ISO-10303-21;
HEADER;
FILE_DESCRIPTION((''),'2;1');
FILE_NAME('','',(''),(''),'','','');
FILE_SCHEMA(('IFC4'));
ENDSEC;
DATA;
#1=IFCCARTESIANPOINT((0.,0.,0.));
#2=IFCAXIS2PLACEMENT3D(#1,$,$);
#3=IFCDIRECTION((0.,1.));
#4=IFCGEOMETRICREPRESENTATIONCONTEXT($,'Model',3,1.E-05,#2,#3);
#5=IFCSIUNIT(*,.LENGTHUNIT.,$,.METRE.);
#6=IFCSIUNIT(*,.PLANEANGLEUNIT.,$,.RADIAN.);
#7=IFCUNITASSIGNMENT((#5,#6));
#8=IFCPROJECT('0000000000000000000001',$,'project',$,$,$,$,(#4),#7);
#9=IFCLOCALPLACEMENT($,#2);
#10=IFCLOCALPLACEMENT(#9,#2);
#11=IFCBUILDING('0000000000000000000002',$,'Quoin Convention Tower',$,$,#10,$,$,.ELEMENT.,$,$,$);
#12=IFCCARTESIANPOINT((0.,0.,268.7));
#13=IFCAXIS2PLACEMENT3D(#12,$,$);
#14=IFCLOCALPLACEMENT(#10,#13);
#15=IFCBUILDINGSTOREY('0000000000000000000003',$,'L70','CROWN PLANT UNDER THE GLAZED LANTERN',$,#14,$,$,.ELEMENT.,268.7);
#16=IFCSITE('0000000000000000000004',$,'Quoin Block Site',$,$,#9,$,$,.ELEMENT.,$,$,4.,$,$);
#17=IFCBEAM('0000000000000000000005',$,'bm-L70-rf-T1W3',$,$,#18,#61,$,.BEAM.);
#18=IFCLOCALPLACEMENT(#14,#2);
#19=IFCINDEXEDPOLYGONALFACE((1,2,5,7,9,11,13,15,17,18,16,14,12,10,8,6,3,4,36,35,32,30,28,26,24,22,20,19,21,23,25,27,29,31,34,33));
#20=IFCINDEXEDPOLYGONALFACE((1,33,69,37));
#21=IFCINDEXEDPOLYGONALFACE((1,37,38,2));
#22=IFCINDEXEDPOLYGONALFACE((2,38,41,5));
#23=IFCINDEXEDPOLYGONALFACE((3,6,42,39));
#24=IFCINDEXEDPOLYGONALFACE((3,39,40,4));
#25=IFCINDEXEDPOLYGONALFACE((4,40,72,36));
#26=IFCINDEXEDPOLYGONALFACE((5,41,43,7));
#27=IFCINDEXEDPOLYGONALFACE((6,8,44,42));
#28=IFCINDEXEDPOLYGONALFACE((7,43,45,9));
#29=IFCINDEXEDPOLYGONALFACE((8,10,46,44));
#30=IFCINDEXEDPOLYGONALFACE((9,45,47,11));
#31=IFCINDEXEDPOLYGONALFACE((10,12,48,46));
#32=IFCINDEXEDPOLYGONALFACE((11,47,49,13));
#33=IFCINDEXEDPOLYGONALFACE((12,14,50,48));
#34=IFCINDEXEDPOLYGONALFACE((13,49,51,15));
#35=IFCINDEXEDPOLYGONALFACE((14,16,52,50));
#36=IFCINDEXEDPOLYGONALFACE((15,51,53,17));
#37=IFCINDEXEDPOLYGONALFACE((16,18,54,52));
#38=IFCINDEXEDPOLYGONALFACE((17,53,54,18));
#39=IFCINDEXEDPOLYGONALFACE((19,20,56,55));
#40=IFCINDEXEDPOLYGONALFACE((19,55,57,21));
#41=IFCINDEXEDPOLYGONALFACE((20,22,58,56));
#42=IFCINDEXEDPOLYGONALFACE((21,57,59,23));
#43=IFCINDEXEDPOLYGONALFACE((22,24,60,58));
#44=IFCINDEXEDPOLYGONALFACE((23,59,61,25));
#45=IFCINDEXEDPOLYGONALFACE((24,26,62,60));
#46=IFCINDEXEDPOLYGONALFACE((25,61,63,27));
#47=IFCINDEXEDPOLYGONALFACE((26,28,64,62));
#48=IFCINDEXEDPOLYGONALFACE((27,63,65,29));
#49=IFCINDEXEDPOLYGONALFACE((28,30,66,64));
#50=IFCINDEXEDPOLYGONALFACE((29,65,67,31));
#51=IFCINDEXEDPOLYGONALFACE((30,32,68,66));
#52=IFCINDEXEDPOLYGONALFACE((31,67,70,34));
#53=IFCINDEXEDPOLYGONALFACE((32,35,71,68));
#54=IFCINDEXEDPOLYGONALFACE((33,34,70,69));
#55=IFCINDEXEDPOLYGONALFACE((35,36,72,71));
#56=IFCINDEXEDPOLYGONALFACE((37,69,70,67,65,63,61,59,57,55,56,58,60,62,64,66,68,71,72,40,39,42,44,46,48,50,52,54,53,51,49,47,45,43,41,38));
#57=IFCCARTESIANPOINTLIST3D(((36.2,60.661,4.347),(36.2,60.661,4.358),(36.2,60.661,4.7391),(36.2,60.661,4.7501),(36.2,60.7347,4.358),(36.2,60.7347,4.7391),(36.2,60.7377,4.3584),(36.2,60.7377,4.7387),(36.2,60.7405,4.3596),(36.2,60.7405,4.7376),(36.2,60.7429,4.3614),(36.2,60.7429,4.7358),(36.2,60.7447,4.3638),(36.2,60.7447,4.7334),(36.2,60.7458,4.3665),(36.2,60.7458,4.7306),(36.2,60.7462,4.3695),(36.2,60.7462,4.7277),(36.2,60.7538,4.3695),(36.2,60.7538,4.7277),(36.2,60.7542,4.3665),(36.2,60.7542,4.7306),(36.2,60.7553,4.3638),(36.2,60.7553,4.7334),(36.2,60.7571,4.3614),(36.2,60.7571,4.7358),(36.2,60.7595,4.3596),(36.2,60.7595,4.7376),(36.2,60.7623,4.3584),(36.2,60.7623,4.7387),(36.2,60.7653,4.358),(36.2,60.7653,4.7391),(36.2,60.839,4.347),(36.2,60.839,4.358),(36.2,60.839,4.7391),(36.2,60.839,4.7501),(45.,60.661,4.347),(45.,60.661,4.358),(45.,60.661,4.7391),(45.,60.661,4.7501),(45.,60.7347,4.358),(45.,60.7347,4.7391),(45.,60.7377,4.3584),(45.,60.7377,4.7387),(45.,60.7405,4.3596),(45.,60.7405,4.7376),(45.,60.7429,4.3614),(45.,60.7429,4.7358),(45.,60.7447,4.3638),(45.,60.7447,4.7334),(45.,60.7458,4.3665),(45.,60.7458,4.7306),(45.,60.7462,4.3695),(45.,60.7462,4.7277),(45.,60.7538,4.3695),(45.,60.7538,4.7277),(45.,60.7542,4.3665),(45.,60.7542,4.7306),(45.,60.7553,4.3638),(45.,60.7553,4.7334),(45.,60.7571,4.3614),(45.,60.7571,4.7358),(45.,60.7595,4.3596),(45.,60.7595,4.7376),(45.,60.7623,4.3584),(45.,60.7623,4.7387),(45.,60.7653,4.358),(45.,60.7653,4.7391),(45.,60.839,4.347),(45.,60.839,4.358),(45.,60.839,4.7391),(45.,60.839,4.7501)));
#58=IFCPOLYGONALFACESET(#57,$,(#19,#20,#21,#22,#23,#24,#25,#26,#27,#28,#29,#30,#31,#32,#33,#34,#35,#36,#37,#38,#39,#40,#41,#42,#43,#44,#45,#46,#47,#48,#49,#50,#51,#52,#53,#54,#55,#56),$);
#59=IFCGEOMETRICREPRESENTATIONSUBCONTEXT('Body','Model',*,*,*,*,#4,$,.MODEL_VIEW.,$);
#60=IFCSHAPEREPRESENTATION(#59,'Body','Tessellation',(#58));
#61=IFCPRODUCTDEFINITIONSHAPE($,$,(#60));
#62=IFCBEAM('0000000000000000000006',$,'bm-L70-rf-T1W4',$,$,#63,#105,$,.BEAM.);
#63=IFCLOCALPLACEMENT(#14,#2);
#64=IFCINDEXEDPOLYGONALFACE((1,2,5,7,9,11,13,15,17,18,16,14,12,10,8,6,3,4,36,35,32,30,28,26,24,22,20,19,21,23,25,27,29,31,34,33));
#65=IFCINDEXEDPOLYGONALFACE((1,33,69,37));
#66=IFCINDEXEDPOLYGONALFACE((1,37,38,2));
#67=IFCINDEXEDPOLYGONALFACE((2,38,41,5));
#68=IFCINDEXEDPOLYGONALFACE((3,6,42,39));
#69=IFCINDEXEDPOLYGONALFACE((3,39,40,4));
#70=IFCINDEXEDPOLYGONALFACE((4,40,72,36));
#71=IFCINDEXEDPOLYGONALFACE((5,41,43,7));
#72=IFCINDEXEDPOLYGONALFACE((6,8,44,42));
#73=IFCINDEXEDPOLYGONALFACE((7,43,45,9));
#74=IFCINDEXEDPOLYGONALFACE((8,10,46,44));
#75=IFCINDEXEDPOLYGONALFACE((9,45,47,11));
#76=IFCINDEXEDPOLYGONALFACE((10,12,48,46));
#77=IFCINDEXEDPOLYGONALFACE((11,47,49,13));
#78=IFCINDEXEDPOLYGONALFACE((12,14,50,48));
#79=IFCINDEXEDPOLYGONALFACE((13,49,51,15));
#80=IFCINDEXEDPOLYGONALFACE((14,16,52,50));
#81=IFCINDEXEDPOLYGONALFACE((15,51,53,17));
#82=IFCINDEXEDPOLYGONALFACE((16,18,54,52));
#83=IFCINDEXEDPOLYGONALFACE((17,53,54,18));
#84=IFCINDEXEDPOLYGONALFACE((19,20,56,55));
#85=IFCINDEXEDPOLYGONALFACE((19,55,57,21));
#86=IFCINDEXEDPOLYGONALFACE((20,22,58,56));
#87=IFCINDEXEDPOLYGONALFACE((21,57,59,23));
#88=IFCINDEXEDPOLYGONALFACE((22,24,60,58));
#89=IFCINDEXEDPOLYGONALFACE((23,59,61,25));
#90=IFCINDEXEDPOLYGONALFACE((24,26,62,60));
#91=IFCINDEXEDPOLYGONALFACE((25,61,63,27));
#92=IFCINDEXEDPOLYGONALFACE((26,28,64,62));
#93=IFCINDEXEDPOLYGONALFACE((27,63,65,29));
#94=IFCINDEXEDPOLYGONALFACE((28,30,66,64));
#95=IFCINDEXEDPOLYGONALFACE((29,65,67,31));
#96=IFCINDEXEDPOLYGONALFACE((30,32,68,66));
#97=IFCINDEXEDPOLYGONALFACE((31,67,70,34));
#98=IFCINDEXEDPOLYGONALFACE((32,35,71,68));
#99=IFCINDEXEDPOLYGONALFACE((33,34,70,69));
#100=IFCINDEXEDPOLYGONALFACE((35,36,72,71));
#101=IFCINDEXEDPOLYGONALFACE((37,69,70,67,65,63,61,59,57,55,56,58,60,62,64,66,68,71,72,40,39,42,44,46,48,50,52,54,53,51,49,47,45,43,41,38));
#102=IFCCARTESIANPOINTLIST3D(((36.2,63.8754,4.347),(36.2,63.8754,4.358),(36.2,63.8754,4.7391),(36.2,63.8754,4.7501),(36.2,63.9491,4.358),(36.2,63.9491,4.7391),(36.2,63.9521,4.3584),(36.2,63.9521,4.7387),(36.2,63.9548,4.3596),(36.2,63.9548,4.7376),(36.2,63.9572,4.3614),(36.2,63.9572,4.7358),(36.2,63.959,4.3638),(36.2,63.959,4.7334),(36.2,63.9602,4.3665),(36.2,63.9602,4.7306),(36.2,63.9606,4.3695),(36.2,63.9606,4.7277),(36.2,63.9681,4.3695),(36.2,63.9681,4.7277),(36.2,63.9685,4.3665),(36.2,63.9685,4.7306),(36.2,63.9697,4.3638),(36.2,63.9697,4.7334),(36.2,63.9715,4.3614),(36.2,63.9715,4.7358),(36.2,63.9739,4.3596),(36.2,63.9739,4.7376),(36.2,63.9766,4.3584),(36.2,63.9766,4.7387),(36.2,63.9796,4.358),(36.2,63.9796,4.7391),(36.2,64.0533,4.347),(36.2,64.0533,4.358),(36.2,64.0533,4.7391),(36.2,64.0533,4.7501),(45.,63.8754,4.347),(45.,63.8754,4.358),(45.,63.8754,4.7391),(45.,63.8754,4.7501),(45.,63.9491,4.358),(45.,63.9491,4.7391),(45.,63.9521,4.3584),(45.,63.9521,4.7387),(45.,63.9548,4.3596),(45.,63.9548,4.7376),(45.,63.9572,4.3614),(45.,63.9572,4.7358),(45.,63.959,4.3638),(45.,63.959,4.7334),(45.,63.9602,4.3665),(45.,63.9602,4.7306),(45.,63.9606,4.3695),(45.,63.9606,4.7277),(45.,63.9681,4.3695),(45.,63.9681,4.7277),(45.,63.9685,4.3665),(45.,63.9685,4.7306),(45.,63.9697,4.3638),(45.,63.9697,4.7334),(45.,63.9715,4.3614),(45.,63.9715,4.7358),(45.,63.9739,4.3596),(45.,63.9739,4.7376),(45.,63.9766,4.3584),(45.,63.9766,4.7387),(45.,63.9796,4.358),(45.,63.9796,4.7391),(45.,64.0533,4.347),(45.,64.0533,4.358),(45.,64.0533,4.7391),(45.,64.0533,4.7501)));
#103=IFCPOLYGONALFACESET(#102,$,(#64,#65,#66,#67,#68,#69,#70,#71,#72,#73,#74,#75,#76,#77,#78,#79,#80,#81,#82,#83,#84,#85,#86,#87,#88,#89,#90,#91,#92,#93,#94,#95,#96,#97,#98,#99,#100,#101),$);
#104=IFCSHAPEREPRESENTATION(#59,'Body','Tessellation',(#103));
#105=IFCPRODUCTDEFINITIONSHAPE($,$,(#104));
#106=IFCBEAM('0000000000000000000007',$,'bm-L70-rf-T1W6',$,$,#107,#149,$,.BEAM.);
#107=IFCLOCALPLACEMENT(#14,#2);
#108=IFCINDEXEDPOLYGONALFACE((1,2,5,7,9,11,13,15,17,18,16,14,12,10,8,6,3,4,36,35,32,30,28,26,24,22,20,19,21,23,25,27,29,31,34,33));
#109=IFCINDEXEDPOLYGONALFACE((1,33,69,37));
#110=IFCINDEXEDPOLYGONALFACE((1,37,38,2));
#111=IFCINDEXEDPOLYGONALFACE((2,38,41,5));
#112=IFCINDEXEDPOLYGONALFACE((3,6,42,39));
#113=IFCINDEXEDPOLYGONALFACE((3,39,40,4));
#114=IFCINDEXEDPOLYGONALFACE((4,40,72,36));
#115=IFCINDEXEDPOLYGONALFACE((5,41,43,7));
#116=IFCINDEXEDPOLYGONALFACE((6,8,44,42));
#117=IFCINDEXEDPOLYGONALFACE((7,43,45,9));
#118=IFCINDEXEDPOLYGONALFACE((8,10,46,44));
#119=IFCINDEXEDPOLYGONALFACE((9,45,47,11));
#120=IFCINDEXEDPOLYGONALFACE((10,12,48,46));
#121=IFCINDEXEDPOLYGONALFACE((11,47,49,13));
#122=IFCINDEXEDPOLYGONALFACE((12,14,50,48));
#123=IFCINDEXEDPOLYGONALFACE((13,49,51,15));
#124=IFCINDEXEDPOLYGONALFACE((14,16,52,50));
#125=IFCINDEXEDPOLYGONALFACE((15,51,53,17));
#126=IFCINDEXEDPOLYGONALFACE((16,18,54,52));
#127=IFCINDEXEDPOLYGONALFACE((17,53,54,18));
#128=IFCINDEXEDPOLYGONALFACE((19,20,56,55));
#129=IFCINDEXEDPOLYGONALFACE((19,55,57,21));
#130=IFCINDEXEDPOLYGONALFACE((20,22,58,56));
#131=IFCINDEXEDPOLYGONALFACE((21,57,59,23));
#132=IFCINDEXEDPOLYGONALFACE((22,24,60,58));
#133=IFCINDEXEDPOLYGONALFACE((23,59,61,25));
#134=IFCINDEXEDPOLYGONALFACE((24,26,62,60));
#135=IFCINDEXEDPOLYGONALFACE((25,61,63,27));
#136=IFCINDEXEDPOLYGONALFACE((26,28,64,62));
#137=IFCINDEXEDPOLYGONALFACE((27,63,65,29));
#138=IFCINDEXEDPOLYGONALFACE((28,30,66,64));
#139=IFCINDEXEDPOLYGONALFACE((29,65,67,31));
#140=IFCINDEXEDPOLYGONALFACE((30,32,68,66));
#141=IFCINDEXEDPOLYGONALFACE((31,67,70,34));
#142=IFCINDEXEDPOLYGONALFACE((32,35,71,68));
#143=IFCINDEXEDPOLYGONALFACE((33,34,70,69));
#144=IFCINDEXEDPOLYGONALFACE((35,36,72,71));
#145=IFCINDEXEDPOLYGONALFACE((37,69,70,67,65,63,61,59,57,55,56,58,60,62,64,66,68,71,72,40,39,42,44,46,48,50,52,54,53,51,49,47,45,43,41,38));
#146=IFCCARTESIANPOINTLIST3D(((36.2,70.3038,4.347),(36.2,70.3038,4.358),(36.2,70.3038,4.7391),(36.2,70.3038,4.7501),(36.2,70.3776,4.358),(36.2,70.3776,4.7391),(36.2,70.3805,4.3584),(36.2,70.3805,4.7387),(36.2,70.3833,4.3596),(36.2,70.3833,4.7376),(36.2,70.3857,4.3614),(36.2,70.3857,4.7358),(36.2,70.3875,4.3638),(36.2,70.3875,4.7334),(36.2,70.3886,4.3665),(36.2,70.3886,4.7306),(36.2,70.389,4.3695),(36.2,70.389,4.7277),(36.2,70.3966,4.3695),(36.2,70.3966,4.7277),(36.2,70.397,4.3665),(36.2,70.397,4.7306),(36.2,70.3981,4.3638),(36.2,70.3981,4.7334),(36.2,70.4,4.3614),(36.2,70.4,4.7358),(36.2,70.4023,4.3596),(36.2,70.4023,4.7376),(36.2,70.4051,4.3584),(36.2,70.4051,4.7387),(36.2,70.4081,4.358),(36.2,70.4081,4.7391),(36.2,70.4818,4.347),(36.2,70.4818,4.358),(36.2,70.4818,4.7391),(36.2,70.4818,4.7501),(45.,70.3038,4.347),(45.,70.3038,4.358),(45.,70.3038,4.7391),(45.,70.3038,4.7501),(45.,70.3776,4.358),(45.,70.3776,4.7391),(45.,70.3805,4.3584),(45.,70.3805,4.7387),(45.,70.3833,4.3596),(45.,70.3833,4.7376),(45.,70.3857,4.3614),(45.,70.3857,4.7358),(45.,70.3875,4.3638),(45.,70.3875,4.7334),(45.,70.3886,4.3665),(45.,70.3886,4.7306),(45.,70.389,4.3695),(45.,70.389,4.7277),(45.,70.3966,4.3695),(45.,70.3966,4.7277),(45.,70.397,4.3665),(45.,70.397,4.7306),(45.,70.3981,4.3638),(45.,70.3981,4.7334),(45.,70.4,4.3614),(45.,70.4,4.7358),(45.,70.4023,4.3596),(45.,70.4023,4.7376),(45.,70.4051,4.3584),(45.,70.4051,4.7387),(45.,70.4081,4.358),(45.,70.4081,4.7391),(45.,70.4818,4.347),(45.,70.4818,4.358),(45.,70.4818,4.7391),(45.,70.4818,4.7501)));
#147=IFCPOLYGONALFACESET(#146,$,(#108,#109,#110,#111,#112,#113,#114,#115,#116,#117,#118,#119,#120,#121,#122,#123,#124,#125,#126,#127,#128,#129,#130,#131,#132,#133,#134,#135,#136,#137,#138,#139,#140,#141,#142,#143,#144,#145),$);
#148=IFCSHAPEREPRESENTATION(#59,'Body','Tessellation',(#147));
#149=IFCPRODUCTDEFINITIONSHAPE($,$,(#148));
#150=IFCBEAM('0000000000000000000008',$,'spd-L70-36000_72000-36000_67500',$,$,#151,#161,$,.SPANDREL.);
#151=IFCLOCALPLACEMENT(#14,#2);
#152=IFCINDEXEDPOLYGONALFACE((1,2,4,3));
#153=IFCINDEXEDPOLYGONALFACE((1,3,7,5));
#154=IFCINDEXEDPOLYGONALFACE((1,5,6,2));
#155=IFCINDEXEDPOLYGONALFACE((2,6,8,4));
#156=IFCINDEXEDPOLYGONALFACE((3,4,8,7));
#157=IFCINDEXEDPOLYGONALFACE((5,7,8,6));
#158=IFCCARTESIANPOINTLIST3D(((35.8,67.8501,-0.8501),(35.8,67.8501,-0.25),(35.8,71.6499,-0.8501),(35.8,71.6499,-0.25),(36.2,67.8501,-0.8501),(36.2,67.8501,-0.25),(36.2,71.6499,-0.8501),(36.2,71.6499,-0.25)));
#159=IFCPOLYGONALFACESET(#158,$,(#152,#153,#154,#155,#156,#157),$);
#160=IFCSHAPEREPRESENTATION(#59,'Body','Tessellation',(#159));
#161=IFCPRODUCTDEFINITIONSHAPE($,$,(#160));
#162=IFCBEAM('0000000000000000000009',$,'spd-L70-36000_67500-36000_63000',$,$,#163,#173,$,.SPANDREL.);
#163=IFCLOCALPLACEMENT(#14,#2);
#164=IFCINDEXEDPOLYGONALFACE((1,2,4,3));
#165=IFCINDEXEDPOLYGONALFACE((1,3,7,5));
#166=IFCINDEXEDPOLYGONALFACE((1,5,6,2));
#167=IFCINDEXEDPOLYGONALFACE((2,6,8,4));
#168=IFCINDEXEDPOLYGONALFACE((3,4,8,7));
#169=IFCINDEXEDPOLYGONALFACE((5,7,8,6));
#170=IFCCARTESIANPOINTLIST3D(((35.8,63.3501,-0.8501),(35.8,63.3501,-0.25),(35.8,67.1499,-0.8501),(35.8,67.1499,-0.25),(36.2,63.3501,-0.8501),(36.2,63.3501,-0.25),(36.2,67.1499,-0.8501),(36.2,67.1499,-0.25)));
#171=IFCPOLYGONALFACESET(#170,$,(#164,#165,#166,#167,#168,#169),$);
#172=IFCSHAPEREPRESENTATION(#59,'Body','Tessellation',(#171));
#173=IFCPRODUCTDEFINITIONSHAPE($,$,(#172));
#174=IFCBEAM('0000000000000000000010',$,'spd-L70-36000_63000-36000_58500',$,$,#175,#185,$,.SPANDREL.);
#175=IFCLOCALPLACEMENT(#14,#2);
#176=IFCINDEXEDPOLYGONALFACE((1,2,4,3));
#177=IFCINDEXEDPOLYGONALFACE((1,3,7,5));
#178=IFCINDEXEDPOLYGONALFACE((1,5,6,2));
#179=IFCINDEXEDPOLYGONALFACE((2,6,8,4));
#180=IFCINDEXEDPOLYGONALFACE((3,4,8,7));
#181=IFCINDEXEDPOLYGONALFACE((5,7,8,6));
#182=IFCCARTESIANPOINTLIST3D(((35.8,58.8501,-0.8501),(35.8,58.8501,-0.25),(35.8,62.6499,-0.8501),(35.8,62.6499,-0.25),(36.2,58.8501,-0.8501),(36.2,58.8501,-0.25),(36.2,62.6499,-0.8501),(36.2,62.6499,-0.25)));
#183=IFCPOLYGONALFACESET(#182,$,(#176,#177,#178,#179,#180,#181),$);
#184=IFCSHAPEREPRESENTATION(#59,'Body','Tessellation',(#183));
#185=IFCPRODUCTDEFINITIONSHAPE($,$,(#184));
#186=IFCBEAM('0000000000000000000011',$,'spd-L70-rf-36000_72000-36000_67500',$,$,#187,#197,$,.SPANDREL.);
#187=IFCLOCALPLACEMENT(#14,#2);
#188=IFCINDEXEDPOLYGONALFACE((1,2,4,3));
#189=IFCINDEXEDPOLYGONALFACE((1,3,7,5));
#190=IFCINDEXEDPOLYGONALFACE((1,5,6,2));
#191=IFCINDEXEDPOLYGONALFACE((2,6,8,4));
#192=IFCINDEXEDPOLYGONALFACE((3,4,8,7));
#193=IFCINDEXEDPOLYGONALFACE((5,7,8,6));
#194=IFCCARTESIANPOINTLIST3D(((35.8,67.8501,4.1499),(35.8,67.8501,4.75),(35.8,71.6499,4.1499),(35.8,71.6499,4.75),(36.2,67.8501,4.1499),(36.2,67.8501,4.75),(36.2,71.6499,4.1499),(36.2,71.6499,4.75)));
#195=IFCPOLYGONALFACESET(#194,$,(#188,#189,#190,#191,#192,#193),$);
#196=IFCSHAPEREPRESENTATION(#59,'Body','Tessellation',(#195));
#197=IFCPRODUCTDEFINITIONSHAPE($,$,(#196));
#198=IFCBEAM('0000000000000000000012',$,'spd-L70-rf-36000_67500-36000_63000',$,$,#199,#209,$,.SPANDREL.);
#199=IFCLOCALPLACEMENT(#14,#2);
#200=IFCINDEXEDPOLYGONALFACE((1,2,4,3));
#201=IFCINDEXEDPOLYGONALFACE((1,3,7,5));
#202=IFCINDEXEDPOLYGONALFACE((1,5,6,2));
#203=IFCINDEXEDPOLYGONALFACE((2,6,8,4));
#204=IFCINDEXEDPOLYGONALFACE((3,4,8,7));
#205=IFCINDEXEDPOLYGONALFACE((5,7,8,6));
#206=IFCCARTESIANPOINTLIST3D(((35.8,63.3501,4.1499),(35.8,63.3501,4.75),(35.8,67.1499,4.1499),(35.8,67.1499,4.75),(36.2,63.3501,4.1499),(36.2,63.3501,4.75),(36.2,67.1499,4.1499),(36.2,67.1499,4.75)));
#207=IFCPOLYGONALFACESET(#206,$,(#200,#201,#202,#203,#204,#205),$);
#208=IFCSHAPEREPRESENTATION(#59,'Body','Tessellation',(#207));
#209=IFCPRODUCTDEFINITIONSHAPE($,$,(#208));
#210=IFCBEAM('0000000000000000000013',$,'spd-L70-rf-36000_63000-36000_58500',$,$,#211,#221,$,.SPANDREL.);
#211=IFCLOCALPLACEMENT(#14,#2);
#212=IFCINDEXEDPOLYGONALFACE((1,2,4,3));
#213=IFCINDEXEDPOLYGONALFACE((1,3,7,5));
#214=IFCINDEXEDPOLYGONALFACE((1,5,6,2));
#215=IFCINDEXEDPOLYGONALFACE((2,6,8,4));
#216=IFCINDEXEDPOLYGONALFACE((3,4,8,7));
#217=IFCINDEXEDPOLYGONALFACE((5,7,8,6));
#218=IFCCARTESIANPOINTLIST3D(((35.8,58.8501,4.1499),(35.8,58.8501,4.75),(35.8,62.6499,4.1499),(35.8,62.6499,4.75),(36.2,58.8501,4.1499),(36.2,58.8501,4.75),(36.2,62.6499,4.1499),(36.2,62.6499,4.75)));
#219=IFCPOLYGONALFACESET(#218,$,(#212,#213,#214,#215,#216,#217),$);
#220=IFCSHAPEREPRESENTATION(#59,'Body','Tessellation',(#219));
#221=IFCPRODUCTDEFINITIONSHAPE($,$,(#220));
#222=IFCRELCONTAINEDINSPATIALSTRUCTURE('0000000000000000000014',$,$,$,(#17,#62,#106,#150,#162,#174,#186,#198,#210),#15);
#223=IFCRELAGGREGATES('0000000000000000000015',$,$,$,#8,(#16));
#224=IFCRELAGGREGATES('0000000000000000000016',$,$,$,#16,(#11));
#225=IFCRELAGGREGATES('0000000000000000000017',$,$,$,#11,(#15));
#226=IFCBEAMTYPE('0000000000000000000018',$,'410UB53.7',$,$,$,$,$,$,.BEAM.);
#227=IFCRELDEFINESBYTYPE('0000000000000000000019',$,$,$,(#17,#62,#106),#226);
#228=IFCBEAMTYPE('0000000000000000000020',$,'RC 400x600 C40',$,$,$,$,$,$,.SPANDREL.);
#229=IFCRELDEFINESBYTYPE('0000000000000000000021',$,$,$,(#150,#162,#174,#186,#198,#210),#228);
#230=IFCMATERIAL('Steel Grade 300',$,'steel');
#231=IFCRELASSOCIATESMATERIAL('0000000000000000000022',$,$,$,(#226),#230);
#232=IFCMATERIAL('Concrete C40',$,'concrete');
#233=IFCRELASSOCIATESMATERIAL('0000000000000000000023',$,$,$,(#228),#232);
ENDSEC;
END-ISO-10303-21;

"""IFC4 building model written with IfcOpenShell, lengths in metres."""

from ifc_helpers import new_model, si_unit, direction, frame, origin, origin_2d, place, context, subcontext, project, spatial, rectangle, i_section, extrude, material, material_profile, profile_set, type_object, element, save


model = new_model("IFC4")

# Units and contexts
model_context = context("Model", 3, precision=1e-05, world=origin(), true_north=direction((0.0, 1.0)))
body_context = subcontext(model_context, "Body", "Model", "MODEL_VIEW")
ifc_project = project(units=[si_unit("LENGTHUNIT", "METRE"), si_unit("PLANEANGLEUNIT", "RADIAN")], contexts=[model_context])

# Site, building, storey
site_placement = place(None, origin())
site = spatial("IfcSite", under=ifc_project, at=site_placement, Name="Quoin Block Site", CompositionType="ELEMENT", RefElevation=4.0)
building_placement = place(site_placement, origin())
building = spatial("IfcBuilding", under=site, at=building_placement, Name="Quoin Convention Tower", CompositionType="ELEMENT")
storey_placement = place(building_placement, frame((0.0, 0.0, 268.7)))
storey = spatial("IfcBuildingStorey", under=building, at=storey_placement, Name="L70", Description="CROWN PLANT UNDER THE GLAZED LANTERN", CompositionType="ELEMENT", Elevation=268.7)

# Shared definitions
ifc_material_1 = material(Name="Concrete C40", Category="concrete")

# Beams
ifc_material_2 = material(Name="Steel Grade 300", Category="steel")
ifc_material_profile_1 = material_profile(ifc_material_2, i_section(OverallWidth=0.178, OverallDepth=0.4031, WebThickness=0.0076, FlangeThickness=0.011, FilletRadius=0.0115, at=origin_2d()), Name="410UB53.7")
ifc_profile_set_1 = profile_set([ifc_material_profile_1], Name="Steel Grade 300")
beam_type_1 = type_object("IfcBeamType", Name="410UB53.7", PredefinedType="BEAM", material=ifc_profile_set_1)
for number, where, z_axis, x_axis, name in (
    (1, (36.2, 60.75, 4.5486), (1.0, 0.0, 0.0), (0.0, 1.0, 0.0), "bm-L70-rf-T1W3"),
    (2, (36.2, 63.9644, 4.5486), (1.0, 0.0, 0.0), (0.0, 1.0, 0.0), "bm-L70-rf-T1W4"),
    (3, (36.2, 70.3928, 4.5486), (1.0, 0.0, 0.0), (0.0, 1.0, 0.0), "bm-L70-rf-T1W6"),
):
    element("IfcBeam", number, at=place(storey_placement, frame(where, z_axis=z_axis, x_axis=x_axis)), inside=storey, type_object=beam_type_1, Name=name, PredefinedType="BEAM", context=body_context, shape_type="SweptSolid", body=[
        extrude(i_section(OverallWidth=0.178, OverallDepth=0.4031, WebThickness=0.0076, FlangeThickness=0.011, FilletRadius=0.0115, at=origin_2d()), origin(), (0.0, 0.0, 1.0), 8.8),
    ])
ifc_material_profile_2 = material_profile(ifc_material_1, rectangle(XDim=0.3999, YDim=0.6001, at=origin_2d()), Name="RC 400x600")
ifc_profile_set_2 = profile_set([ifc_material_profile_2], Name="Concrete C40")
beam_type_2 = type_object("IfcBeamType", Name="RC 400x600 C40", PredefinedType="SPANDREL", material=ifc_profile_set_2)
for number, where, z_axis, x_axis, name in (
    (4, (36.0, 71.6499, -0.55), (0.0, -1.0, 0.0), (1.0, 0.0, 0.0), "spd-L70-36000_72000-36000_67500"),
    (5, (36.0, 67.1499, -0.55), (0.0, -1.0, 0.0), (1.0, 0.0, 0.0), "spd-L70-36000_67500-36000_63000"),
    (6, (36.0, 62.6499, -0.55), (0.0, -1.0, 0.0), (1.0, 0.0, 0.0), "spd-L70-36000_63000-36000_58500"),
    (7, (36.0, 71.6499, 4.45), (0.0, -1.0, 0.0), (1.0, 0.0, 0.0), "spd-L70-rf-36000_72000-36000_67500"),
    (8, (36.0, 67.1499, 4.45), (0.0, -1.0, 0.0), (1.0, 0.0, 0.0), "spd-L70-rf-36000_67500-36000_63000"),
    (9, (36.0, 62.6499, 4.45), (0.0, -1.0, 0.0), (1.0, 0.0, 0.0), "spd-L70-rf-36000_63000-36000_58500"),
):
    element("IfcBeam", number, at=place(storey_placement, frame(where, z_axis=z_axis, x_axis=x_axis)), inside=storey, type_object=beam_type_2, Name=name, PredefinedType="SPANDREL", context=body_context, shape_type="SweptSolid", body=[
        extrude(rectangle(XDim=0.3999, YDim=0.6001, at=origin_2d()), origin(), (0.0, 0.0, 1.0), 3.7998),
    ])

save(model, "model.ifc")
